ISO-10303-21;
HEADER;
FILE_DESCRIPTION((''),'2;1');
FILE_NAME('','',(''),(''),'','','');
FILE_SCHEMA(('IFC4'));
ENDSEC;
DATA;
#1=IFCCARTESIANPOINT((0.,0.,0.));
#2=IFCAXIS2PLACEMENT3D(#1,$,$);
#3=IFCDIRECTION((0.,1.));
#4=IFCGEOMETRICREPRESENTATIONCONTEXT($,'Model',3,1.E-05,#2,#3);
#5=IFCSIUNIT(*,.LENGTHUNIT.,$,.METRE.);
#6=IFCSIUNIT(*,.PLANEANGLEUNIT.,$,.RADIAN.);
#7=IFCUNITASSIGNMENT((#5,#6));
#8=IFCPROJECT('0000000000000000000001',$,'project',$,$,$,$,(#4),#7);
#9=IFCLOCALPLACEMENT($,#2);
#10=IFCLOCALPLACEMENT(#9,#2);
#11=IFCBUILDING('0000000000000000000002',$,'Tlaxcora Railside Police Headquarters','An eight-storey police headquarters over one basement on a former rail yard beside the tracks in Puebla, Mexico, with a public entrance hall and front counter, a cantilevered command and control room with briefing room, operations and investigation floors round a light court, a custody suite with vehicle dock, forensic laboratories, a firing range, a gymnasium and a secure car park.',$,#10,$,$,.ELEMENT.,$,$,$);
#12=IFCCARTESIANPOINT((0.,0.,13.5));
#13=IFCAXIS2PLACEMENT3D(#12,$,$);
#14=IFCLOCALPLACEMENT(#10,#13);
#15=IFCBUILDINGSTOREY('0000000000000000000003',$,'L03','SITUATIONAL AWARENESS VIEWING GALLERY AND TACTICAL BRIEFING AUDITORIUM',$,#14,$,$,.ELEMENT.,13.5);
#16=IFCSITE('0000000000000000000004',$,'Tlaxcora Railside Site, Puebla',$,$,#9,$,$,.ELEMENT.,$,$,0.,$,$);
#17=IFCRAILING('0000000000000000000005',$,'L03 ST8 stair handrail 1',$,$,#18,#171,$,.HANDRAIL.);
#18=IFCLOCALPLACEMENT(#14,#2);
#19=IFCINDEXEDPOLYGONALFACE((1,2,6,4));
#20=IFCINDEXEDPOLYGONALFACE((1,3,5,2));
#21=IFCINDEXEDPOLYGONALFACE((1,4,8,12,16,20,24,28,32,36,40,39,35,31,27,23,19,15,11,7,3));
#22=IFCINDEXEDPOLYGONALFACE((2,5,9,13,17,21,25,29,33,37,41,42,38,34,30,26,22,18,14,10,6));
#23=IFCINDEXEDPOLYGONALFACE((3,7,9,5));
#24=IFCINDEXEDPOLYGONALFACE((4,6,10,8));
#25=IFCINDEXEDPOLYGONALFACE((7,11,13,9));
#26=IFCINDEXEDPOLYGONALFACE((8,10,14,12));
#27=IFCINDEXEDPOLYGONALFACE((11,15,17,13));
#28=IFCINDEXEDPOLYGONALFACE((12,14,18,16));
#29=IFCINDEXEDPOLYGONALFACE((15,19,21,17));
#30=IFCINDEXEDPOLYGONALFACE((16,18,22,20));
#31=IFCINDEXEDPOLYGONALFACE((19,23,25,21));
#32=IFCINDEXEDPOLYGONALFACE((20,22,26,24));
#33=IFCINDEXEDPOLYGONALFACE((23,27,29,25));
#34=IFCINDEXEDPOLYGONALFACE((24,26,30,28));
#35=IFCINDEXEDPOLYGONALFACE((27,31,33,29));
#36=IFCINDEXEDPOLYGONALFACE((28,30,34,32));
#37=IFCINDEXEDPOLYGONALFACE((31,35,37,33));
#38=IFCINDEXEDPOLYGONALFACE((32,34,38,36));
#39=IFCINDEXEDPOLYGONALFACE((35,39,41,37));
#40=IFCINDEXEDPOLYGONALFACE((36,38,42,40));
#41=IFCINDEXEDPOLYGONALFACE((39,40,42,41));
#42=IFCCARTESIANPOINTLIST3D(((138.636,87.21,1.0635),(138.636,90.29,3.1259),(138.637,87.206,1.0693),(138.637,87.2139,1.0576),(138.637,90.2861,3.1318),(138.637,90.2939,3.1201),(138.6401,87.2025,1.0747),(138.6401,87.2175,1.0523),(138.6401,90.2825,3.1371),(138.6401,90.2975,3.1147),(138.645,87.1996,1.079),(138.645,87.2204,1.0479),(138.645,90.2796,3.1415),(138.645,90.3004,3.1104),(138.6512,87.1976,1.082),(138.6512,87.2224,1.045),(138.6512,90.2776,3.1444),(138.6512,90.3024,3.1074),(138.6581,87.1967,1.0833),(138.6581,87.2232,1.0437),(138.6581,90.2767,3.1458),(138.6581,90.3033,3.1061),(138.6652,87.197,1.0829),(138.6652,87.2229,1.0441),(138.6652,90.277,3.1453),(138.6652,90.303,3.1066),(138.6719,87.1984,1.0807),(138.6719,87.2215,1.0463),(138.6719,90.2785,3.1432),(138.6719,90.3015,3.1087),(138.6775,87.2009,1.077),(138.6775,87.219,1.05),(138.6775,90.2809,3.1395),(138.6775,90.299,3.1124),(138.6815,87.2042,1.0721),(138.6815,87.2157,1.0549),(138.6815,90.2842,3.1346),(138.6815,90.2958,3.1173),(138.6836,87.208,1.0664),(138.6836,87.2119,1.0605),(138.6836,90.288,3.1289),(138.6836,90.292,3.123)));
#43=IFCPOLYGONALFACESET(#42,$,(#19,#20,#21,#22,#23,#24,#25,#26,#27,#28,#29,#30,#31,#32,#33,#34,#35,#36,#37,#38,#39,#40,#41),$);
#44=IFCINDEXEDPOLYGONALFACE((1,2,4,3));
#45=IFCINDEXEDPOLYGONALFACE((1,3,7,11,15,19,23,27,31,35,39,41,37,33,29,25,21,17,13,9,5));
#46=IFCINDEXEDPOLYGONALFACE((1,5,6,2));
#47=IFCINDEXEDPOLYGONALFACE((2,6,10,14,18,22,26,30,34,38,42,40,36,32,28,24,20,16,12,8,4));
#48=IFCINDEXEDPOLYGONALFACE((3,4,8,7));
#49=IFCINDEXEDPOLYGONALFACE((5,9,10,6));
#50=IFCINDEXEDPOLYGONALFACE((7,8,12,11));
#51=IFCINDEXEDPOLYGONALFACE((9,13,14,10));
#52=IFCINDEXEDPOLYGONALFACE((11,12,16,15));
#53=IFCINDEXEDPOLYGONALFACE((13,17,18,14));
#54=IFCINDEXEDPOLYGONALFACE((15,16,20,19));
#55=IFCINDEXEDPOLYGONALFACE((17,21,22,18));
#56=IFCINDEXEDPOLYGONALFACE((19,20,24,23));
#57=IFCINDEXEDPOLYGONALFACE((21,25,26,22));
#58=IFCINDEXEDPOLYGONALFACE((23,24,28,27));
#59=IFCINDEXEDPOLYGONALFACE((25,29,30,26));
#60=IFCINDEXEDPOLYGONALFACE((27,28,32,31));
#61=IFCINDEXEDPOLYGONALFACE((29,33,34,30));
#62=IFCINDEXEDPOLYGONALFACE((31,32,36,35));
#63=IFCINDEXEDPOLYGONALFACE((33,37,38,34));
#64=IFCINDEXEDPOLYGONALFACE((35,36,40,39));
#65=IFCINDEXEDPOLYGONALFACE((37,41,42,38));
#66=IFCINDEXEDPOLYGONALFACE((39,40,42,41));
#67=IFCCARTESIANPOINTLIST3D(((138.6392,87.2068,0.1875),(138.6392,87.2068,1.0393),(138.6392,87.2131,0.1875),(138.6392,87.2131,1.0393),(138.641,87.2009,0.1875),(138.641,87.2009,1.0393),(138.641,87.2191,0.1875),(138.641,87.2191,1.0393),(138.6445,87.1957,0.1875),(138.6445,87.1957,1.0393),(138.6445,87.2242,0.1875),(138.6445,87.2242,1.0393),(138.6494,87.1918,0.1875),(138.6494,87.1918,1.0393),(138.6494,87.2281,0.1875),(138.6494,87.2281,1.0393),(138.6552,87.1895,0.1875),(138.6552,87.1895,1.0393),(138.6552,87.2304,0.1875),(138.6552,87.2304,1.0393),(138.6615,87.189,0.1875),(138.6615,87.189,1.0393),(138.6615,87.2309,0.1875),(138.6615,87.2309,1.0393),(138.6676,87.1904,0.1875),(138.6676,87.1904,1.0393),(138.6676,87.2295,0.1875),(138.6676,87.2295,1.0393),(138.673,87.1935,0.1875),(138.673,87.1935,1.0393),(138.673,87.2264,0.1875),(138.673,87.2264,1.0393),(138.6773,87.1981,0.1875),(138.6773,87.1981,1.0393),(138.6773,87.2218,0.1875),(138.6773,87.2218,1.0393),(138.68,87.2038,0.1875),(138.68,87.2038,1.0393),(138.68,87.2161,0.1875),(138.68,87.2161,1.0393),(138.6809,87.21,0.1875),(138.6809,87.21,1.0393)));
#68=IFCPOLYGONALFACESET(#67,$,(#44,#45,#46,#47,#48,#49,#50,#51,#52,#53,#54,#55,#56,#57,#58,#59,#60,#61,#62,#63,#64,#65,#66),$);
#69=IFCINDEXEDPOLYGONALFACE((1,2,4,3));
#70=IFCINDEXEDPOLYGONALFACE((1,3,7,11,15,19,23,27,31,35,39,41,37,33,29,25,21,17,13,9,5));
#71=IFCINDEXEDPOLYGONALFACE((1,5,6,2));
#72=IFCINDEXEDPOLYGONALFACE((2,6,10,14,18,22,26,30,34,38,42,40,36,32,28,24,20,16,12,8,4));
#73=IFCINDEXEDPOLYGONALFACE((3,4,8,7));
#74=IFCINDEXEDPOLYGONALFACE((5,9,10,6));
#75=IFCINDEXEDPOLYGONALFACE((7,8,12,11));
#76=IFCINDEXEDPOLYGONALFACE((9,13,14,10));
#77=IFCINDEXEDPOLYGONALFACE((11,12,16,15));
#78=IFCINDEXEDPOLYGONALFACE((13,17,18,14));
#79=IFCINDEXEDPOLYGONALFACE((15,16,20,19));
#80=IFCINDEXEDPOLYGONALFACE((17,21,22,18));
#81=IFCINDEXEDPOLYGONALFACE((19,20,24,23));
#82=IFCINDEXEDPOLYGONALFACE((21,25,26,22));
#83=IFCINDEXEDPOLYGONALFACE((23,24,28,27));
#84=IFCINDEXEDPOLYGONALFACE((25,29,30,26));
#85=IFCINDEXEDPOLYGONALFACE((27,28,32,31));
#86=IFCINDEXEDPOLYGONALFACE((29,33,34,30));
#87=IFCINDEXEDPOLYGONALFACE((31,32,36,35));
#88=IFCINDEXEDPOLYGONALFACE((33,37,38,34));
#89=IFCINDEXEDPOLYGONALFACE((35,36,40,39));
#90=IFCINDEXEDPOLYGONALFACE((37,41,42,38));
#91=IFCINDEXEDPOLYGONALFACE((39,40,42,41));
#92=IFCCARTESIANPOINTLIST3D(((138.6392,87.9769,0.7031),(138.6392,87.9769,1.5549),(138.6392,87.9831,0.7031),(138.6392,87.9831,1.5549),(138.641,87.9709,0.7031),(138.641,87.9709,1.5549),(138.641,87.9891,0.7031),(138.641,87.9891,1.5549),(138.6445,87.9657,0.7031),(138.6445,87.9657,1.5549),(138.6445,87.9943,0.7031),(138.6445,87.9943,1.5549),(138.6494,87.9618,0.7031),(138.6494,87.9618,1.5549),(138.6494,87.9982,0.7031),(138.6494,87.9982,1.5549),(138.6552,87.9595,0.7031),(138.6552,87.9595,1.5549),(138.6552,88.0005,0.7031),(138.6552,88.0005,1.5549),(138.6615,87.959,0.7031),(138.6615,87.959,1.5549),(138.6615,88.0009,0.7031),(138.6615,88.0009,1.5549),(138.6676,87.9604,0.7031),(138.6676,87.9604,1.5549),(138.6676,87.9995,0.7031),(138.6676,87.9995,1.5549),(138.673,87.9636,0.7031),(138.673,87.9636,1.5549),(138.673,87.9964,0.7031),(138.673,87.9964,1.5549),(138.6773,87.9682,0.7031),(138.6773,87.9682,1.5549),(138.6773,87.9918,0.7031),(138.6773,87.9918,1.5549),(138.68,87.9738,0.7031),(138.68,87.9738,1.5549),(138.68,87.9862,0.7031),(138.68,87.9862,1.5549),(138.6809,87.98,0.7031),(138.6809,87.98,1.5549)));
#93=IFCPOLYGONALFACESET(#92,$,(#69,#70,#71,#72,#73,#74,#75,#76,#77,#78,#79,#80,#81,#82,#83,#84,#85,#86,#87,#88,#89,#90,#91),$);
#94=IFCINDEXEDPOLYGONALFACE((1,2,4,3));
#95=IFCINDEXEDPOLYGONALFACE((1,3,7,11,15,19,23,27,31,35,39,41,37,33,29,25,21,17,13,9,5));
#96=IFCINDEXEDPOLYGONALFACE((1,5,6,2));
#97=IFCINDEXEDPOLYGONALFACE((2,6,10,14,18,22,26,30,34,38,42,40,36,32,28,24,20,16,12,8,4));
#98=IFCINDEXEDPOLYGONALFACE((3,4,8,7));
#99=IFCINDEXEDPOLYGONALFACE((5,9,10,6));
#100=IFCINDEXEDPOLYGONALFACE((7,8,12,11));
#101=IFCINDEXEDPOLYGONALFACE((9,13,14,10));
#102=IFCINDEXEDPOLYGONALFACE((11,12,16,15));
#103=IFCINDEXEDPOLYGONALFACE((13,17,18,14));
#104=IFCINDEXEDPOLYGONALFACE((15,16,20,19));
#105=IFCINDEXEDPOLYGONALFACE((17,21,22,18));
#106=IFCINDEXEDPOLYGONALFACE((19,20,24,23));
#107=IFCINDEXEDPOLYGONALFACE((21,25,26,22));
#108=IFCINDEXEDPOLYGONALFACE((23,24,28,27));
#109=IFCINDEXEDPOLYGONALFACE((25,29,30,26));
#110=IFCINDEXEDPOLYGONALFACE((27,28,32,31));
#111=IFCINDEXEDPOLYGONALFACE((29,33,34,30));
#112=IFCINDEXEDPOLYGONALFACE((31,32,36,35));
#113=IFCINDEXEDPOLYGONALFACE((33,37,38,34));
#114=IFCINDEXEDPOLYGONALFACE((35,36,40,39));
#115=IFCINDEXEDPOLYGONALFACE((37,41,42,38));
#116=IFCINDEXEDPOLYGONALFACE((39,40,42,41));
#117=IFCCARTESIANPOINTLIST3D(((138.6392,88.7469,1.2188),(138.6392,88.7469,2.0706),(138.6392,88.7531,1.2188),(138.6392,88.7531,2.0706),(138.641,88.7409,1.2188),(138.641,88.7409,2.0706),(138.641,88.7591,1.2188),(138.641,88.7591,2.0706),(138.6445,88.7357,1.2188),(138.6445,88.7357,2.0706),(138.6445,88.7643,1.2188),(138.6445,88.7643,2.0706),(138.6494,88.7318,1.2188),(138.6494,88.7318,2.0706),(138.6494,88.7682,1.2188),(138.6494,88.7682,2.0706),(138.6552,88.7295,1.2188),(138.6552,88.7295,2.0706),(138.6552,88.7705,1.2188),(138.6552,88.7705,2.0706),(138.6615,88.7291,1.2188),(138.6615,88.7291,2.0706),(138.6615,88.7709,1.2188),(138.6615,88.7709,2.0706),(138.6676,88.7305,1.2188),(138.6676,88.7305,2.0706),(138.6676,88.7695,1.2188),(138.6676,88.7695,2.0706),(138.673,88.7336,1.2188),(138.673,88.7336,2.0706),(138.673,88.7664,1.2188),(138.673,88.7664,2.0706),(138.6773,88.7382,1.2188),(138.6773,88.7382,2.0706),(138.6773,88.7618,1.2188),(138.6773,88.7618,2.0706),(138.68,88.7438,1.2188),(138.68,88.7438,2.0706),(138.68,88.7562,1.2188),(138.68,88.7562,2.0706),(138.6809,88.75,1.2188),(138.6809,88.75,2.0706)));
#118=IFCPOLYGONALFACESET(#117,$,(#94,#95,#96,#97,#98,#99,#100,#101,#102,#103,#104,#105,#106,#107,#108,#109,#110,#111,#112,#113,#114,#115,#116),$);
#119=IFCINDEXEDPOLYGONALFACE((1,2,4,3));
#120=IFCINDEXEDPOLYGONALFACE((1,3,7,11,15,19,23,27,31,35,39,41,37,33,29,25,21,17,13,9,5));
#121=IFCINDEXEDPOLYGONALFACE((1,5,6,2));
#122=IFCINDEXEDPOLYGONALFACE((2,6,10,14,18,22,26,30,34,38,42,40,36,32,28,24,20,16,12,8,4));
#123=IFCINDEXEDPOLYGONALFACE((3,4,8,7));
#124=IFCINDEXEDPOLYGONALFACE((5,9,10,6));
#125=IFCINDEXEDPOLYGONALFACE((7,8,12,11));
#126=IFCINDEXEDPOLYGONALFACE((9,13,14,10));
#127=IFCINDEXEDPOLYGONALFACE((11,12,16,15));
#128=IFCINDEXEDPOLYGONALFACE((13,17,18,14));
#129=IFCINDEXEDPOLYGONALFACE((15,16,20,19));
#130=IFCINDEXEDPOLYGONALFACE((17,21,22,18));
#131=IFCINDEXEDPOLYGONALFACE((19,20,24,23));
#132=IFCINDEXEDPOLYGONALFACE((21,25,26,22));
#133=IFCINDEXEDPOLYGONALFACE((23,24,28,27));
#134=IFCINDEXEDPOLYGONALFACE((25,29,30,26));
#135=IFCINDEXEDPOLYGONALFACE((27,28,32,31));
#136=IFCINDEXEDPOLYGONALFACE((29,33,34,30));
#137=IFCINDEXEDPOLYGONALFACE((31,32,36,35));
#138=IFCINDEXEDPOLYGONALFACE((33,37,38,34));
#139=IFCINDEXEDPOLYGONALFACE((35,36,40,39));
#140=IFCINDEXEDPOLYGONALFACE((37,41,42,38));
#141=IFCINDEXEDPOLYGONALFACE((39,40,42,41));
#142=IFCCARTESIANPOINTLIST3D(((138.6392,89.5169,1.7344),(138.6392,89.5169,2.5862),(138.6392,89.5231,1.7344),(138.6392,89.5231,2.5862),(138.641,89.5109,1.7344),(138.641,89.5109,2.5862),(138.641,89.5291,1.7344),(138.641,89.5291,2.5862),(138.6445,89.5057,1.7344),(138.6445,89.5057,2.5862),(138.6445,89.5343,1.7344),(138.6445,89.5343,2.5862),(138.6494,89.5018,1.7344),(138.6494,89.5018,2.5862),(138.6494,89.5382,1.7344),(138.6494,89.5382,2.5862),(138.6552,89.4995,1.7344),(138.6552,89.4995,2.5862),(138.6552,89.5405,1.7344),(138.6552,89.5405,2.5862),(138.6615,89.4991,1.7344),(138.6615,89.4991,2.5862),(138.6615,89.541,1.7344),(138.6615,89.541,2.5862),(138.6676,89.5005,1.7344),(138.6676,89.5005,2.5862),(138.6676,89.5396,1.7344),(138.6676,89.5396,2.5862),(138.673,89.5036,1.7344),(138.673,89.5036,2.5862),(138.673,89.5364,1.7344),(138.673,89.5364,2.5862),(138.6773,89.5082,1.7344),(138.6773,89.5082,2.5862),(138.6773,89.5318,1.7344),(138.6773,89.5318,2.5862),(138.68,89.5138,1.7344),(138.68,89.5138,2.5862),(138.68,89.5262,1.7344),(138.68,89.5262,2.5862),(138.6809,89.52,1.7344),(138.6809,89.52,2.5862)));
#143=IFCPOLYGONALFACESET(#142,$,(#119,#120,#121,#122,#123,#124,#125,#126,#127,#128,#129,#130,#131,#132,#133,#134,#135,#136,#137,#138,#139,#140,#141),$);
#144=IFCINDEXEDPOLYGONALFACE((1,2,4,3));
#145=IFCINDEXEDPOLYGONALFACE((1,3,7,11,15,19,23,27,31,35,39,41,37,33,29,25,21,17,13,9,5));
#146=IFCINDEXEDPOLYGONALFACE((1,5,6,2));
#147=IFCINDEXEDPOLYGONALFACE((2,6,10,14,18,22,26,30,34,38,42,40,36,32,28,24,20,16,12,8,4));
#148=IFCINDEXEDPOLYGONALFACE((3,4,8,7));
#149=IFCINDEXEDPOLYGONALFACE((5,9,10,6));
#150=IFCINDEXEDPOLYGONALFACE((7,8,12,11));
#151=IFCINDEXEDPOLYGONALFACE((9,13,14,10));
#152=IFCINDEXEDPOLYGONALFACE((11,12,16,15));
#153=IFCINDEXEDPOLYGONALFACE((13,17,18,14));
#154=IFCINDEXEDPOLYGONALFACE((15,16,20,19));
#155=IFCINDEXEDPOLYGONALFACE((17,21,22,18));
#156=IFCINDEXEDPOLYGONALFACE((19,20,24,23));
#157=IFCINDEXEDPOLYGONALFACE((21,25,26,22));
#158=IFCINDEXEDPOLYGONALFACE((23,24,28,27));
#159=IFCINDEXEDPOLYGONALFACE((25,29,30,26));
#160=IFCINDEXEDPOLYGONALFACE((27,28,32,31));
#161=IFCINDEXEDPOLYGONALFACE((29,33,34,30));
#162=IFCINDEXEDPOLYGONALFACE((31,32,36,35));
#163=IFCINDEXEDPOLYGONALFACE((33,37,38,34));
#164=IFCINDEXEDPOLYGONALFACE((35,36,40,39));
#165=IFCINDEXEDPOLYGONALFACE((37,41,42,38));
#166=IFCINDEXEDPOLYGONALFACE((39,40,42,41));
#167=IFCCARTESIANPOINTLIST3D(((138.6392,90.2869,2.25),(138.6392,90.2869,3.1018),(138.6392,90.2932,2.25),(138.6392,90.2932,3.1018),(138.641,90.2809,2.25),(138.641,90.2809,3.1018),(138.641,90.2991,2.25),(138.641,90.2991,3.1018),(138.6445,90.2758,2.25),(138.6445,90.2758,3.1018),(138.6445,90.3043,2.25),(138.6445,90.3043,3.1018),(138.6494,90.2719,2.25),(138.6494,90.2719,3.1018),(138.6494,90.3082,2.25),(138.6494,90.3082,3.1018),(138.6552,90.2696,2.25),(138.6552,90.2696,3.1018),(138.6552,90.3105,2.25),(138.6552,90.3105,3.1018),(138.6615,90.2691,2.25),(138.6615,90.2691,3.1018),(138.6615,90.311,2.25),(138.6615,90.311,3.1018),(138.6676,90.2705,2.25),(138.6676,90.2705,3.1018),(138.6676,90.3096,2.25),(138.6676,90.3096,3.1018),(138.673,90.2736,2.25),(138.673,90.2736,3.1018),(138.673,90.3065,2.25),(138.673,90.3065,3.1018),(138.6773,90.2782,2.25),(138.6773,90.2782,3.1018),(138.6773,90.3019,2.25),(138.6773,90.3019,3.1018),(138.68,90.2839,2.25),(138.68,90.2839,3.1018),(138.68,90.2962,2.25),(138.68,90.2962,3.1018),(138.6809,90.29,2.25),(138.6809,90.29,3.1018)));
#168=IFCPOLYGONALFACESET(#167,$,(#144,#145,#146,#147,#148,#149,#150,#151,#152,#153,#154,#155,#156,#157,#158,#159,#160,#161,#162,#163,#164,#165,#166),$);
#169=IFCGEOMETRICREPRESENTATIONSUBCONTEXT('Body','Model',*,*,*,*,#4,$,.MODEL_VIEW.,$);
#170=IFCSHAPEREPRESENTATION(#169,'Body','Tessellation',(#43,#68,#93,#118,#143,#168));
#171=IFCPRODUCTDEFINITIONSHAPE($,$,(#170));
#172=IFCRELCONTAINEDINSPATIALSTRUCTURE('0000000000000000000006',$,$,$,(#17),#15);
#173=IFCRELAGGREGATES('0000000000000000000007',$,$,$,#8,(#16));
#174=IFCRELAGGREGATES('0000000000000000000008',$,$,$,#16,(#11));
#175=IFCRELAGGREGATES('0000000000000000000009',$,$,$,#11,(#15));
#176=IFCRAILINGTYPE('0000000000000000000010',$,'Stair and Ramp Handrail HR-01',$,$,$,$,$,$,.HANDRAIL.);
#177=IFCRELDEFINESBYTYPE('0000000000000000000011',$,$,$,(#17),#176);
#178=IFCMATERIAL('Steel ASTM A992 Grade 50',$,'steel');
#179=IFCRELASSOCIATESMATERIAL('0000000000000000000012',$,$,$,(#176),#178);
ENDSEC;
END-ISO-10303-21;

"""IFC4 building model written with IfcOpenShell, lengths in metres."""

from ifc_helpers import new_model, si_unit, direction, frame, origin, origin_2d, place, context, subcontext, project, spatial, circle, extrude, material, type_object, element, save


model = new_model("IFC4")

# Units and contexts
model_context = context("Model", 3, precision=1e-05, world=origin(), true_north=direction((0.0, 1.0)))
body_context = subcontext(model_context, "Body", "Model", "MODEL_VIEW")
ifc_project = project(units=[si_unit("LENGTHUNIT", "METRE"), si_unit("PLANEANGLEUNIT", "RADIAN")], contexts=[model_context])

# Site, building, storey
site_placement = place(None, origin())
site = spatial("IfcSite", under=ifc_project, at=site_placement, Name="Tlaxcora Railside Site, Puebla", CompositionType="ELEMENT", RefElevation=0.0)
building_placement = place(site_placement, origin())
building = spatial("IfcBuilding", under=site, at=building_placement, Name="Tlaxcora Railside Police Headquarters", Description="An eight-storey police headquarters over one basement on a former rail yard beside the tracks in Puebla, Mexico, with a public entrance hall and front counter, a cantilevered command and control room with briefing room, operations and investigation floors round a light court, a custody suite with vehicle dock, forensic laboratories, a firing range, a gymnasium and a secure car park.", CompositionType="ELEMENT")
storey_placement = place(building_placement, frame((0.0, 0.0, 13.5)))
storey = spatial("IfcBuildingStorey", under=building, at=storey_placement, Name="L03", Description="SITUATIONAL AWARENESS VIEWING GALLERY AND TACTICAL BRIEFING AUDITORIUM", CompositionType="ELEMENT", Elevation=13.5)

# Shared definitions
ifc_material_1 = material(Name="Steel ASTM A992 Grade 50", Category="steel")

# Railing
railing_type_1 = type_object("IfcRailingType", Name="Stair and Ramp Handrail HR-01", PredefinedType="HANDRAIL", material=ifc_material_1)
railing_1_placement = place(storey_placement, frame((138.6599, 87.21, 0.1875)))
element("IfcRailing", 1, at=railing_1_placement, inside=storey, type_object=railing_type_1, Name="L03 ST8 stair handrail 1", PredefinedType="HANDRAIL", context=body_context, shape_type="SweptSolid", body=[
    extrude(circle(Radius=0.0239, at=origin_2d()), frame((0.0, 0.0, 0.876), z_axis=(0.0, 0.830914, 0.556401), x_axis=(-1.0, 0.0, 0.0)), (0.0, 0.0, 1.0), 3.7068),
    extrude(circle(Radius=0.021, at=origin_2d()), origin(), (0.0, 0.0, 1.0), 0.8518),
    extrude(circle(Radius=0.021, at=origin_2d()), frame((0.0, 0.77, 0.5156)), (0.0, 0.0, 1.0), 0.8518),
    extrude(circle(Radius=0.021, at=origin_2d()), frame((0.0, 1.54, 1.0312)), (0.0, 0.0, 1.0), 0.8518),
    extrude(circle(Radius=0.021, at=origin_2d()), frame((0.0, 2.3101, 1.5469)), (0.0, 0.0, 1.0), 0.8518),
    extrude(circle(Radius=0.021, at=origin_2d()), frame((0.0, 3.0801, 2.0625)), (0.0, 0.0, 1.0), 0.8518),
])

save(model, "model.ifc")
